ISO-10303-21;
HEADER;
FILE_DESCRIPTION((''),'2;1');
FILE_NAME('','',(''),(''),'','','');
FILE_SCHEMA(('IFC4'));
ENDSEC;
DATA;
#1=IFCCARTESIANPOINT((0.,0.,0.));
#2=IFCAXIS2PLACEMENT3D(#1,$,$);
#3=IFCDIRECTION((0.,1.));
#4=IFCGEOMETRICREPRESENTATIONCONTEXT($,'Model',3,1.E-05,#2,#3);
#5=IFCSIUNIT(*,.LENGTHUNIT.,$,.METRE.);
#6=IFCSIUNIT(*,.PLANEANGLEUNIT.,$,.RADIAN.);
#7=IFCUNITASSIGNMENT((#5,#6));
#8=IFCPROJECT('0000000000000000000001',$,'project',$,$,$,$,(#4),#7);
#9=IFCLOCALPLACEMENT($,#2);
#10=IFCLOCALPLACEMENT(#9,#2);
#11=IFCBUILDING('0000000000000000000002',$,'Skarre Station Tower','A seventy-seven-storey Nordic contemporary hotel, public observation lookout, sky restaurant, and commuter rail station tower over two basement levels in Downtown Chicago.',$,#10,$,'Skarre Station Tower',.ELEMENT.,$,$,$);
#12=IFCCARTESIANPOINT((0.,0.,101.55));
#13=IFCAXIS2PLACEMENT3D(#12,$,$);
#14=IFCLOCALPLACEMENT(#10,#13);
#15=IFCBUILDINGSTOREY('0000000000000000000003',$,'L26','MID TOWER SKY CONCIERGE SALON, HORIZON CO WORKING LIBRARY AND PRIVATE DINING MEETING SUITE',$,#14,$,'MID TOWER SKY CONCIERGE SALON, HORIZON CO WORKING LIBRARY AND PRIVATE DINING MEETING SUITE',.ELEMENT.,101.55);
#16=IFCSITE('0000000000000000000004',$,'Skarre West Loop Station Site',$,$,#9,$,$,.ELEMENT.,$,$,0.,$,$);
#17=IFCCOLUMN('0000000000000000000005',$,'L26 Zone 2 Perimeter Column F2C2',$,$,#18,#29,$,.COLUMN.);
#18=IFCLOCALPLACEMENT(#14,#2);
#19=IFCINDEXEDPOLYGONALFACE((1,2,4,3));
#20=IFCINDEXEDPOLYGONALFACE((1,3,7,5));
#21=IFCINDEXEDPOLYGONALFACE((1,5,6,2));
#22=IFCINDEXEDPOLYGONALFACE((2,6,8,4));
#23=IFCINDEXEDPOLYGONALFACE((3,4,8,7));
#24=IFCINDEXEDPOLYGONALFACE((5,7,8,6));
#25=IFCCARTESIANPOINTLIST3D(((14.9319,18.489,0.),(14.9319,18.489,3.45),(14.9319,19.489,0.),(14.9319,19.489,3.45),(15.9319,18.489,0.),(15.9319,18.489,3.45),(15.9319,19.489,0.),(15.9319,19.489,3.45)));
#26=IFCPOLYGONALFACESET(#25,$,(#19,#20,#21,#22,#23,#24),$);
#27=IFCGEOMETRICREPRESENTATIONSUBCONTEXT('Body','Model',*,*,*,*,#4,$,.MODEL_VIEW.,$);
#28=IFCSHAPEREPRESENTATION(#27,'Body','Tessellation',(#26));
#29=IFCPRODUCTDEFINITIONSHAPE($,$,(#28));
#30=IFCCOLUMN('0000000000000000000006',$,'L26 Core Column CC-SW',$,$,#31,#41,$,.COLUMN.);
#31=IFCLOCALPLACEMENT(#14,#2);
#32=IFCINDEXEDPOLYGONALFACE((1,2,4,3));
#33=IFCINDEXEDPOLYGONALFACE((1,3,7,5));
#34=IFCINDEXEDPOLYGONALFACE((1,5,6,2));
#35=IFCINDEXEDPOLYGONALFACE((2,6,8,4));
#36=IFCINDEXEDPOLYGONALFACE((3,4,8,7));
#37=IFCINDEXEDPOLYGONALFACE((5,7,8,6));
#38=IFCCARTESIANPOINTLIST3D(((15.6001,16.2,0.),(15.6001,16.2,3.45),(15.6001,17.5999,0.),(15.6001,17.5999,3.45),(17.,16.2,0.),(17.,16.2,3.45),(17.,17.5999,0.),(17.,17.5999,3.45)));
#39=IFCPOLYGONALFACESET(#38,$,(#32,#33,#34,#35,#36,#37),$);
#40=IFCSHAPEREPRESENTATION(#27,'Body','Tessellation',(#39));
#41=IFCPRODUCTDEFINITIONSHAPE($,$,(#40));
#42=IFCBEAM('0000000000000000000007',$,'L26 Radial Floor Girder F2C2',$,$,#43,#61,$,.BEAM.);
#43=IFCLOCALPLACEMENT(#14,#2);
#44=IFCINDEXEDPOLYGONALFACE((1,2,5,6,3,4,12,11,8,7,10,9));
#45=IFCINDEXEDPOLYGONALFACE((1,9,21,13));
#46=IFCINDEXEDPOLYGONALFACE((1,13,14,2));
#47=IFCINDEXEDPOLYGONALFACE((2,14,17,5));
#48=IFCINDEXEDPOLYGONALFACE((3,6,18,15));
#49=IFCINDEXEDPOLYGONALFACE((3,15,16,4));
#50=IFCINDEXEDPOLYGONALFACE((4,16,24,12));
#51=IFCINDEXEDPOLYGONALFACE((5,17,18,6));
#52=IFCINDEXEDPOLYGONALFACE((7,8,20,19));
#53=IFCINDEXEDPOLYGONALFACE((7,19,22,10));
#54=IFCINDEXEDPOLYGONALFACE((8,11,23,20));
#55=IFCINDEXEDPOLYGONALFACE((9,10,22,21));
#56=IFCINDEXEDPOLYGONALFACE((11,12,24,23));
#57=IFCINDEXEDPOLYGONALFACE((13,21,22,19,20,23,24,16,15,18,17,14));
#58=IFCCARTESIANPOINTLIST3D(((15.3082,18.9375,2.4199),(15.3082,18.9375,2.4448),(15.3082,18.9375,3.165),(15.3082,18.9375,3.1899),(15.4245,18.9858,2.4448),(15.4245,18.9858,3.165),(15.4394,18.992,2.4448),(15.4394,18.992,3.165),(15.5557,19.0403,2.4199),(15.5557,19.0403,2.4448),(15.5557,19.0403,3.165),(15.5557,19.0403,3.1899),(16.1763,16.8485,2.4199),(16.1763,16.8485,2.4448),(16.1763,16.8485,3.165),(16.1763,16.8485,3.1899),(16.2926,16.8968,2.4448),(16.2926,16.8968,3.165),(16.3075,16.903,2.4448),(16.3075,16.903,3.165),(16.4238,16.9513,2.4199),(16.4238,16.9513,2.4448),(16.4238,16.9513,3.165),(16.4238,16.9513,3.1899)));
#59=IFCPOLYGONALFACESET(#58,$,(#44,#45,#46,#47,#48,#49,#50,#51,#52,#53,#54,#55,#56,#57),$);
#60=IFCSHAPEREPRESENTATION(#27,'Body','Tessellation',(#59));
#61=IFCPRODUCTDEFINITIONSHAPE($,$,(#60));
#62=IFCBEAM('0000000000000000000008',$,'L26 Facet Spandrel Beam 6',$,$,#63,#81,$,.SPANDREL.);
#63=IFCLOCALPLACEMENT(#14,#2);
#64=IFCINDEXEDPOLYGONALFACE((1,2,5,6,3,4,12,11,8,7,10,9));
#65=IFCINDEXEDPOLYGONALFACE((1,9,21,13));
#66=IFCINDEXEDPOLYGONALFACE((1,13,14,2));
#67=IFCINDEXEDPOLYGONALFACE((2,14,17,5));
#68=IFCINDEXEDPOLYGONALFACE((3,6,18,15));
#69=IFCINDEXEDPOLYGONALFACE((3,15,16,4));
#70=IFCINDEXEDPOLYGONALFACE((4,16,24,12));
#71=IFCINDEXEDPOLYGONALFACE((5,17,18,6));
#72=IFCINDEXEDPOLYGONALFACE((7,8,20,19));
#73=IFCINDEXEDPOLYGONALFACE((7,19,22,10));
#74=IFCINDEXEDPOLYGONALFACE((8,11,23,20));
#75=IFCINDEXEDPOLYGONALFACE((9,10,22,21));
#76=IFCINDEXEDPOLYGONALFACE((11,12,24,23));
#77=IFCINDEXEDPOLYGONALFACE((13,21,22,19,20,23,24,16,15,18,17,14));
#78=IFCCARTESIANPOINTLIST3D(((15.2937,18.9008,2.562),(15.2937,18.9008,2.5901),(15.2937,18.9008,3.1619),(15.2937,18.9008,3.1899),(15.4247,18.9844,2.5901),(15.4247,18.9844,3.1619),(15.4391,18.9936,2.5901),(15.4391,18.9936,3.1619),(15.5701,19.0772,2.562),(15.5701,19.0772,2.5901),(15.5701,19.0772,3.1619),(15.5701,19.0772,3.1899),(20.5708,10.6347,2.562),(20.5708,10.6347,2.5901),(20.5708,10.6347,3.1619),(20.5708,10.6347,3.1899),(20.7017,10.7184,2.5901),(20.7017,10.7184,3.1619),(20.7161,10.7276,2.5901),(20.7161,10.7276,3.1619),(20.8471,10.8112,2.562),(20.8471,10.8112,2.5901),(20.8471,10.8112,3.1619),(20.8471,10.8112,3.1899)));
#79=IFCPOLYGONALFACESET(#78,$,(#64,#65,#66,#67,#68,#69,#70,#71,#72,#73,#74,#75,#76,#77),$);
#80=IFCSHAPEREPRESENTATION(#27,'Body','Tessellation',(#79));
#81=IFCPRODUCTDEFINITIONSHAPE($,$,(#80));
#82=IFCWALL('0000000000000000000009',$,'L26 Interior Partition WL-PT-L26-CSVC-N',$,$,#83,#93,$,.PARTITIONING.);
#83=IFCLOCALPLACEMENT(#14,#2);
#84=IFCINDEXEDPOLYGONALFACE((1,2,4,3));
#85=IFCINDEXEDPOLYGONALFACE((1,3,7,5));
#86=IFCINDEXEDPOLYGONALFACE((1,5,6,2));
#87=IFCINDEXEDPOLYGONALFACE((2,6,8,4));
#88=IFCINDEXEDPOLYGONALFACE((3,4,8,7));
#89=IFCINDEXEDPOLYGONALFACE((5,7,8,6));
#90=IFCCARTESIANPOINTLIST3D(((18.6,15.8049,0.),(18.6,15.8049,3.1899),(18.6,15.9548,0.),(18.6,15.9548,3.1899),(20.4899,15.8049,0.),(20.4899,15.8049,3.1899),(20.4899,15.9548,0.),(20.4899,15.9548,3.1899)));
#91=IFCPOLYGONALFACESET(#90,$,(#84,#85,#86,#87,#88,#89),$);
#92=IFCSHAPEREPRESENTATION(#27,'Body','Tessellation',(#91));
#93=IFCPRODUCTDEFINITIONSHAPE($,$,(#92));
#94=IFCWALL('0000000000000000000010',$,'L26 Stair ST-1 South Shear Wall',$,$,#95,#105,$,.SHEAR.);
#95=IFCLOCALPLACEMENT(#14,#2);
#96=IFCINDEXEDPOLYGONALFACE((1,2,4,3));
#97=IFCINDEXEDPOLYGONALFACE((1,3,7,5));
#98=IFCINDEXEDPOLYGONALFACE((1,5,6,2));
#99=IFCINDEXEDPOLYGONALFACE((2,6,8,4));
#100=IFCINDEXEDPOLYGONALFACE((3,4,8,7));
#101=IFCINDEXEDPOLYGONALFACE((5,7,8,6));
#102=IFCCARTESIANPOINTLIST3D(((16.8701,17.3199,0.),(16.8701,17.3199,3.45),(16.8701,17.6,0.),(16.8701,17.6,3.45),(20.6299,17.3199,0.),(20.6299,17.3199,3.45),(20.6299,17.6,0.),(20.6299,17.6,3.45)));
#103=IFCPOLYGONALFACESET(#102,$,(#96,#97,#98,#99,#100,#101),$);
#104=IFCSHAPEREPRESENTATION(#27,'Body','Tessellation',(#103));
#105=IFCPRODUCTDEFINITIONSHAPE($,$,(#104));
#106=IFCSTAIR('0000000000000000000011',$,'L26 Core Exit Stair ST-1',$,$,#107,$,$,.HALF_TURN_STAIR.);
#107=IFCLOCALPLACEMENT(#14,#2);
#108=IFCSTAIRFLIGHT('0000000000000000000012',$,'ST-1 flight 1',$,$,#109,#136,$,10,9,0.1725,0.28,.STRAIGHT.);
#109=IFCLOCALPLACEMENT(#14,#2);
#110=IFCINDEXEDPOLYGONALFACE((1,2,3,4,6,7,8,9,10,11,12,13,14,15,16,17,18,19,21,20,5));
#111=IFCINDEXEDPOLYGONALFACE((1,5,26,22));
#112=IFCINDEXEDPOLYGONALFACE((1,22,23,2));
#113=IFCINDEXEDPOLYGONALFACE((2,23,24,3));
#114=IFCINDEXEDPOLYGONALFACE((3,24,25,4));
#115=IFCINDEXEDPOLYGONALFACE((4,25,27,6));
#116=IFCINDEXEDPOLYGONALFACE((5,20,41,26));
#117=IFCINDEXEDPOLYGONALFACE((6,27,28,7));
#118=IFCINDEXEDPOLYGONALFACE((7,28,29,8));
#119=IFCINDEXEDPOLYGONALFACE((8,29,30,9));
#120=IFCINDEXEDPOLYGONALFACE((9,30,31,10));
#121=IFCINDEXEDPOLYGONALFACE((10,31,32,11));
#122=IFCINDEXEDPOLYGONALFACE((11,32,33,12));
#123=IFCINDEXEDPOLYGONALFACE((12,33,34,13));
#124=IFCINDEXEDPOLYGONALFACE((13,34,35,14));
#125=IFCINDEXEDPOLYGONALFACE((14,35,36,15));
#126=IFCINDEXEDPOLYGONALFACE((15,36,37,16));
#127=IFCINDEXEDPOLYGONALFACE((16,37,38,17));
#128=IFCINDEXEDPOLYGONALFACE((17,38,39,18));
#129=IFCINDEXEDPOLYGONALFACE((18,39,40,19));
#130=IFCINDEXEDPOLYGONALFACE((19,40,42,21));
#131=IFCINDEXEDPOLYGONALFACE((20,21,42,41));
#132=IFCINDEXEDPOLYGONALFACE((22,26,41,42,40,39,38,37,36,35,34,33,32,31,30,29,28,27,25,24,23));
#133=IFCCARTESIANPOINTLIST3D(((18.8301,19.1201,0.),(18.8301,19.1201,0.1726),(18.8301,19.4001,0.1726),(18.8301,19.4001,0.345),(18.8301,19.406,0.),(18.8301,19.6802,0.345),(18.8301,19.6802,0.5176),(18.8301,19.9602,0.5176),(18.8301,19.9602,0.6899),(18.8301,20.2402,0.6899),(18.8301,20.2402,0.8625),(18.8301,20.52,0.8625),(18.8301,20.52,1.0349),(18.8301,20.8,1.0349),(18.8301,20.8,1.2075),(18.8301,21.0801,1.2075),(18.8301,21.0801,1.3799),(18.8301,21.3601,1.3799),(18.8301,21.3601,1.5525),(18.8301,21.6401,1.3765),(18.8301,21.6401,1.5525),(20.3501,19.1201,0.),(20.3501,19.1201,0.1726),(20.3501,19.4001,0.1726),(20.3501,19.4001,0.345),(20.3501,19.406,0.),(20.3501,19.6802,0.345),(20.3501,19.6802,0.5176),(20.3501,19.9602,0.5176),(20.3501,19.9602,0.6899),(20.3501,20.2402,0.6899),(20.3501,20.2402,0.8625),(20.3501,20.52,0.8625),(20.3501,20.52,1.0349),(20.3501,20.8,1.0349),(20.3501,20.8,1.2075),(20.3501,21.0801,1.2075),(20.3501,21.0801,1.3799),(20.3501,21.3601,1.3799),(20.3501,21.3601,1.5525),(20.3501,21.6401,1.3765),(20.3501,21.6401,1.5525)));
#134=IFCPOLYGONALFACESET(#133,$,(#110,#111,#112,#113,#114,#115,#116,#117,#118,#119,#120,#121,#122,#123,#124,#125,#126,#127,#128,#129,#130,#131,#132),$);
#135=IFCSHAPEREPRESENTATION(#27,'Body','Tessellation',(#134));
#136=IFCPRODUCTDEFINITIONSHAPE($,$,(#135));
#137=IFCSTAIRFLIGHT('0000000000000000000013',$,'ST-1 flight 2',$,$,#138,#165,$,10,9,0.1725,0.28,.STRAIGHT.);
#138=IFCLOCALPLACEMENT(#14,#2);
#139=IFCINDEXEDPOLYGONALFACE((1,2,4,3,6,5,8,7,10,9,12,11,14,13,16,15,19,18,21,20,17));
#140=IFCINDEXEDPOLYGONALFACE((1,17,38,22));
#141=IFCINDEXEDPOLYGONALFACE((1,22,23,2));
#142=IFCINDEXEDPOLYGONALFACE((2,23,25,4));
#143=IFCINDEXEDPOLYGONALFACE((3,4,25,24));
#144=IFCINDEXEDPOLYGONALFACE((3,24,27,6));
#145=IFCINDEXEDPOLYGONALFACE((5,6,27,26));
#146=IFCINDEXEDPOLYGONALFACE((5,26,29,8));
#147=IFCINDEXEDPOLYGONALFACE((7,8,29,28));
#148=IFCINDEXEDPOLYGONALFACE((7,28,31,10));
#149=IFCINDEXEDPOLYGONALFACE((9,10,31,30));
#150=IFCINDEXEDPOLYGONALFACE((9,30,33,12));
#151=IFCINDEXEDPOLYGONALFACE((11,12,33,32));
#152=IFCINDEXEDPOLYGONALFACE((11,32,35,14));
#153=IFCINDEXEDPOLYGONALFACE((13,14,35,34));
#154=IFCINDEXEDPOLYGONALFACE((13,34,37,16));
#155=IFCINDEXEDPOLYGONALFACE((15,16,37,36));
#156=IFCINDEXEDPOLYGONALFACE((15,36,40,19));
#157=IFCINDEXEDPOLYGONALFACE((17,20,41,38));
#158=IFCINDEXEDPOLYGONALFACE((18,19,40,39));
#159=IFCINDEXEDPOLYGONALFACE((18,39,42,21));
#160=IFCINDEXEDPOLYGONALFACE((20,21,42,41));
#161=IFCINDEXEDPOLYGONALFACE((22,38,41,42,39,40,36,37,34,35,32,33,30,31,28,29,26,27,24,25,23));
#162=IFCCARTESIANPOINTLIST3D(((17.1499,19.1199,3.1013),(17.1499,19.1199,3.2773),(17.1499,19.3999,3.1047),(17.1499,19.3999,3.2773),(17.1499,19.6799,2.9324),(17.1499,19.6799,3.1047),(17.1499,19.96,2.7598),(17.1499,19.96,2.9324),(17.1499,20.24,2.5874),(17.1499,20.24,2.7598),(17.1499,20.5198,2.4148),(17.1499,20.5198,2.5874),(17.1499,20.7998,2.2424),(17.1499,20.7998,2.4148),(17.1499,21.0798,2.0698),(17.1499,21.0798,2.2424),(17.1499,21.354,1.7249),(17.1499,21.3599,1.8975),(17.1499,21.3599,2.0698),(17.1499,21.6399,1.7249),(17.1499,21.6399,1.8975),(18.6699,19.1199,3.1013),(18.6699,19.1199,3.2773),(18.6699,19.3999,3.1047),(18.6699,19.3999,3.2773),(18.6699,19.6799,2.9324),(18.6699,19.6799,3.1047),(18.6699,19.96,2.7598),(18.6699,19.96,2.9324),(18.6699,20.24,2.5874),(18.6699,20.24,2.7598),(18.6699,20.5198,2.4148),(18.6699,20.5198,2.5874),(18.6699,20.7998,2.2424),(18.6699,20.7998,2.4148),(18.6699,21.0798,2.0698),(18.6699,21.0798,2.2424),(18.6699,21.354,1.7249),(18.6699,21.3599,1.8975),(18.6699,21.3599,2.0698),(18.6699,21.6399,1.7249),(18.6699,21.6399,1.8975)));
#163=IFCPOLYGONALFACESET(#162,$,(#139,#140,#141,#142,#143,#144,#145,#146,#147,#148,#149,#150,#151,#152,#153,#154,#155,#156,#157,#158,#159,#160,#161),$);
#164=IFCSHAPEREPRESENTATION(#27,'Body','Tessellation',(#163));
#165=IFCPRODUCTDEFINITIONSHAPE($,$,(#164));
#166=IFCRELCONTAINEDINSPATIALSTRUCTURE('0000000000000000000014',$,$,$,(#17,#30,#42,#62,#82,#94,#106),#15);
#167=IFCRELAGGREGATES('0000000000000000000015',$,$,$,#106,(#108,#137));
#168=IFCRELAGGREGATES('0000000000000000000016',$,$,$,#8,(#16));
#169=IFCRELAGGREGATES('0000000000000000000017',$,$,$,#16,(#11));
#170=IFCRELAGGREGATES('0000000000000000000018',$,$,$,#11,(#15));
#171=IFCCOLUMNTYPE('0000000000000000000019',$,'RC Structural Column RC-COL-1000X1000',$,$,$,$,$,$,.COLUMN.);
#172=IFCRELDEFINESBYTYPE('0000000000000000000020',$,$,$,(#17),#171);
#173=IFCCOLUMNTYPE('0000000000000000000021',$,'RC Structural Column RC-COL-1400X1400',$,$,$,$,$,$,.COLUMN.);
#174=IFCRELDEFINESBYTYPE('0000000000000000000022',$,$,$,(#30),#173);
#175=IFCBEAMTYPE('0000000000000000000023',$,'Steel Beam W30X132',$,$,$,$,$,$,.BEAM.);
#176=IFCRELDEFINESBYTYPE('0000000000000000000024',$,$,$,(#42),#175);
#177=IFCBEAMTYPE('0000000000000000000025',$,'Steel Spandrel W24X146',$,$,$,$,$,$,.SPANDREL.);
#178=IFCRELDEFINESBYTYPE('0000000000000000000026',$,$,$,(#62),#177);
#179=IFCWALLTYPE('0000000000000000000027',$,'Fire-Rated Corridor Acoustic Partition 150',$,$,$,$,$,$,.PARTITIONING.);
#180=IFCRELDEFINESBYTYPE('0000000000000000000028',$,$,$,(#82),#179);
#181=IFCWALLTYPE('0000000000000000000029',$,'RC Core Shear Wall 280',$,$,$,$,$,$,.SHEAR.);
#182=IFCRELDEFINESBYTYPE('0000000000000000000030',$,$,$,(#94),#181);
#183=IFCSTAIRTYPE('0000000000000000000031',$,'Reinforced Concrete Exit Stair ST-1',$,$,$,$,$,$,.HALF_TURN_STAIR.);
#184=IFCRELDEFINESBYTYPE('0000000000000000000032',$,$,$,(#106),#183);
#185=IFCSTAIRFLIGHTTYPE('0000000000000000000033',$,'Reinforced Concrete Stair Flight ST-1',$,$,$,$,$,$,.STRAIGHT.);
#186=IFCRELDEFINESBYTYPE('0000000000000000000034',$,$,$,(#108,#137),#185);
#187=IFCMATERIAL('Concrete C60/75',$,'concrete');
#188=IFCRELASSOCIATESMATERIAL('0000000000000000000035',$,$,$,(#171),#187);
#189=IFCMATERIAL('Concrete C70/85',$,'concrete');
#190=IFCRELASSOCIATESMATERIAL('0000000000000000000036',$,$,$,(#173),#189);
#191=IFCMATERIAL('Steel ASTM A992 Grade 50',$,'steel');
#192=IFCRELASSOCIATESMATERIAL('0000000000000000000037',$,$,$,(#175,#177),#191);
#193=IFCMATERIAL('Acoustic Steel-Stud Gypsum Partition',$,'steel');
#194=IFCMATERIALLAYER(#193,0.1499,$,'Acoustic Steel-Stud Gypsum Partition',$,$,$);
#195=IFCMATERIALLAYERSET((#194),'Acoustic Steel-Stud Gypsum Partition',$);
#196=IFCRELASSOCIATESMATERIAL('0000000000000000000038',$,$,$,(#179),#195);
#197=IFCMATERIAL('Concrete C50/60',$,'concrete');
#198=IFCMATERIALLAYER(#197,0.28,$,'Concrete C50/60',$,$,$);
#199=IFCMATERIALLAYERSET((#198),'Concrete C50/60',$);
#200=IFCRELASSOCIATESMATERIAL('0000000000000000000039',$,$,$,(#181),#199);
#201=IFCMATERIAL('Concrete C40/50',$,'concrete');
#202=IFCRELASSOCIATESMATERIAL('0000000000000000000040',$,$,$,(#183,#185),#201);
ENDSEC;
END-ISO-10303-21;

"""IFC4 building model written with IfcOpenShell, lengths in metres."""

from ifc_helpers import new_model, si_unit, direction, frame, frame_2d, origin, origin_2d, place, context, subcontext, project, spatial, polyline, rectangle, i_section, outline, extrude, material, layer, layer_set, material_profile, profile_set, type_object, element, aggregate, save


model = new_model("IFC4")

# Units and contexts
model_context = context("Model", 3, precision=1e-05, world=origin(), true_north=direction((0.0, 1.0)))
body_context = subcontext(model_context, "Body", "Model", "MODEL_VIEW")
ifc_project = project(units=[si_unit("LENGTHUNIT", "METRE"), si_unit("PLANEANGLEUNIT", "RADIAN")], contexts=[model_context])

# Site, building, storey
site_placement = place(None, origin())
site = spatial("IfcSite", under=ifc_project, at=site_placement, Name="Skarre West Loop Station Site", CompositionType="ELEMENT", RefElevation=0.0)
building_placement = place(site_placement, origin())
building = spatial("IfcBuilding", under=site, at=building_placement, Name="Skarre Station Tower", Description="A seventy-seven-storey Nordic contemporary hotel, public observation lookout, sky restaurant, and commuter rail station tower over two basement levels in Downtown Chicago.", LongName="Skarre Station Tower", CompositionType="ELEMENT")
storey_placement = place(building_placement, frame((0.0, 0.0, 101.55)))
storey = spatial("IfcBuildingStorey", under=building, at=storey_placement, Name="L26", Description="MID TOWER SKY CONCIERGE SALON, HORIZON CO WORKING LIBRARY AND PRIVATE DINING MEETING SUITE", LongName="MID TOWER SKY CONCIERGE SALON, HORIZON CO WORKING LIBRARY AND PRIVATE DINING MEETING SUITE", CompositionType="ELEMENT", Elevation=101.55)

# Columns
ifc_material_1 = material(Name="Concrete C60/75", Category="concrete")
ifc_material_profile_1 = material_profile(ifc_material_1, rectangle(XDim=1.0, YDim=1.0, at=origin_2d()), Name="Concrete C60/75")
ifc_profile_set_1 = profile_set([ifc_material_profile_1], Name="Concrete C60/75")
column_type_1 = type_object("IfcColumnType", Name="RC Structural Column RC-COL-1000X1000", PredefinedType="COLUMN", material=ifc_profile_set_1)
column_1_placement = place(storey_placement, frame((15.4319, 18.989, 0.0), z_axis=(0.0, 0.0, 1.0), x_axis=(1.0, 0.0, 0.0)))
element("IfcColumn", 1, at=column_1_placement, inside=storey, type_object=column_type_1, Name="L26 Zone 2 Perimeter Column F2C2", PredefinedType="COLUMN", context=body_context, shape_type="SweptSolid", body=[
    extrude(rectangle(XDim=1.0, YDim=1.0, at=origin_2d()), origin(), (0.0, 0.0, 1.0), 3.45),
])
ifc_material_2 = material(Name="Concrete C70/85", Category="concrete")
ifc_material_profile_2 = material_profile(ifc_material_2, rectangle(XDim=1.3999, YDim=1.3999, at=origin_2d()), Name="Concrete C70/85")
ifc_profile_set_2 = profile_set([ifc_material_profile_2], Name="Concrete C70/85")
column_type_2 = type_object("IfcColumnType", Name="RC Structural Column RC-COL-1400X1400", PredefinedType="COLUMN", material=ifc_profile_set_2)
column_2_placement = place(storey_placement, frame((16.3, 16.8999, 0.0), z_axis=(0.0, 0.0, 1.0), x_axis=(1.0, 0.0, 0.0)))
element("IfcColumn", 2, at=column_2_placement, inside=storey, type_object=column_type_2, Name="L26 Core Column CC-SW", PredefinedType="COLUMN", context=body_context, shape_type="SweptSolid", body=[
    extrude(rectangle(XDim=1.3999, YDim=1.3999, at=origin_2d()), origin(), (0.0, 0.0, 1.0), 3.45),
])

# Beams
ifc_material_3 = material(Name="Steel ASTM A992 Grade 50", Category="steel")
ifc_material_profile_3 = material_profile(ifc_material_3, i_section(OverallWidth=0.2681, OverallDepth=0.77, WebThickness=0.0161, FlangeThickness=0.0249, at=origin_2d()), Name="Steel ASTM A992 Grade 50")
ifc_profile_set_3 = profile_set([ifc_material_profile_3], Name="Steel ASTM A992 Grade 50")
beam_type_1 = type_object("IfcBeamType", Name="Steel Beam W30X132", PredefinedType="BEAM", material=ifc_profile_set_3)
beam_1_placement = place(storey_placement, frame((16.3, 16.8999, 2.8049), z_axis=(-0.383749, 0.923437, 0.0), x_axis=(-0.923437, -0.383749, 0.0)))
element("IfcBeam", 3, at=beam_1_placement, inside=storey, type_object=beam_type_1, Name="L26 Radial Floor Girder F2C2", PredefinedType="BEAM", context=body_context, shape_type="SweptSolid", body=[
    extrude(i_section(OverallWidth=0.2681, OverallDepth=0.77, WebThickness=0.0161, FlangeThickness=0.0249, at=origin_2d()), origin(), (0.0, 0.0, 1.0), 2.2622),
])
ifc_material_profile_4 = material_profile(ifc_material_3, i_section(OverallWidth=0.3279, OverallDepth=0.6279, WebThickness=0.0171, FlangeThickness=0.0281, at=origin_2d()), Name="Steel ASTM A992 Grade 50")
ifc_profile_set_4 = profile_set([ifc_material_profile_4], Name="Steel ASTM A992 Grade 50")
beam_type_2 = type_object("IfcBeamType", Name="Steel Spandrel W24X146", PredefinedType="SPANDREL", material=ifc_profile_set_4)
beam_2_placement = place(storey_placement, frame((15.4319, 18.989, 2.876), z_axis=(0.538098, -0.842883, 0.0), x_axis=(0.842883, 0.538098, 0.0)))
element("IfcBeam", 4, at=beam_2_placement, inside=storey, type_object=beam_type_2, Name="L26 Facet Spandrel Beam 6", PredefinedType="SPANDREL", context=body_context, shape_type="SweptSolid", body=[
    extrude(i_section(OverallWidth=0.3279, OverallDepth=0.6279, WebThickness=0.0171, FlangeThickness=0.0281, at=origin_2d()), origin(), (0.0, 0.0, 1.0), 9.8069),
])

# Walls
ifc_material_4 = material(Name="Acoustic Steel-Stud Gypsum Partition", Category="steel")
ifc_layer_1 = layer(ifc_material_4, 0.1499, Name="Acoustic Steel-Stud Gypsum Partition")
ifc_layer_set_1 = layer_set([ifc_layer_1], Name="Acoustic Steel-Stud Gypsum Partition")
wall_type_1 = type_object("IfcWallType", Name="Fire-Rated Corridor Acoustic Partition 150", PredefinedType="PARTITIONING", material=ifc_layer_set_1)
wall_1_placement = place(storey_placement, frame((18.6001, 15.8799, 0.0), z_axis=(0.0, 0.0, 1.0), x_axis=(1.0, 0.0, 0.0)))
element("IfcWall", 5, at=wall_1_placement, inside=storey, type_object=wall_type_1, Name="L26 Interior Partition WL-PT-L26-CSVC-N", PredefinedType="PARTITIONING", context=body_context, shape_type="SweptSolid", body=[
    extrude(rectangle(XDim=1.8899, YDim=0.1499, at=frame_2d((0.9448, 0.0))), origin(), (0.0, 0.0, 1.0), 3.1899),
])
ifc_material_5 = material(Name="Concrete C50/60", Category="concrete")
ifc_layer_2 = layer(ifc_material_5, 0.28, Name="Concrete C50/60")
ifc_layer_set_2 = layer_set([ifc_layer_2], Name="Concrete C50/60")
wall_type_2 = type_object("IfcWallType", Name="RC Core Shear Wall 280", PredefinedType="SHEAR", material=ifc_layer_set_2)
wall_2_placement = place(storey_placement, frame((16.8701, 17.46, 0.0), z_axis=(0.0, 0.0, 1.0), x_axis=(1.0, 0.0, 0.0)))
element("IfcWall", 6, at=wall_2_placement, inside=storey, type_object=wall_type_2, Name="L26 Stair ST-1 South Shear Wall", PredefinedType="SHEAR", context=body_context, shape_type="SweptSolid", body=[
    extrude(rectangle(XDim=3.7598, YDim=0.28, at=frame_2d((1.8799, 0.0))), origin(), (0.0, 0.0, 1.0), 3.45),
])

# Stair, stair flights
ifc_material_6 = material(Name="Concrete C40/50", Category="concrete")
stair_type = type_object("IfcStairType", Name="Reinforced Concrete Exit Stair ST-1", PredefinedType="HALF_TURN_STAIR", material=ifc_material_6)
stair_placement = place(storey_placement, origin())
stair = element("IfcStair", 7, at=stair_placement, inside=storey, type_object=stair_type, Name="L26 Core Exit Stair ST-1", PredefinedType="HALF_TURN_STAIR")
stair_flight_type = type_object("IfcStairFlightType", Name="Reinforced Concrete Stair Flight ST-1", PredefinedType="STRAIGHT", material=ifc_material_6)
stair_flight_1_placement = place(storey_placement, frame((19.5901, 19.1201, 0.0), z_axis=(0.0, 0.0, 1.0), x_axis=(0.0, 1.0, 0.0)))
stair_flight_1 = element("IfcStairFlight", 8, at=stair_flight_1_placement, type_object=stair_flight_type, Name="ST-1 flight 1", NumberOfRisers=10, NumberOfTreads=9, PredefinedType="STRAIGHT", RiserHeight=0.1725, TreadLength=0.28, context=body_context, shape_type="SweptSolid", body=[
    extrude(outline(polyline([(0.0, 0.0), (0.0, 0.1726), (0.28, 0.1726), (0.28, 0.345), (0.5601, 0.345), (0.5601, 0.5176), (0.8401, 0.5176), (0.8401, 0.6899), (1.1201, 0.6899), (1.1201, 0.8625), (1.3999, 0.8625), (1.3999, 1.0349), (1.6799, 1.0349), (1.6799, 1.2075), (1.96, 1.2075), (1.96, 1.3799), (2.24, 1.3799), (2.24, 1.5525), (2.52, 1.5525), (2.52, 1.7251), (2.52, 1.3765), (0.2859, 0.0), (0.0, 0.0)])), frame((0.0, 0.76, 0.0), z_axis=(0.0, -1.0, 0.0), x_axis=(1.0, 0.0, 0.0)), (0.0, 0.0, 1.0), 1.52),
])
stair_flight_2_placement = place(storey_placement, frame((17.9099, 21.6399, 1.7249), z_axis=(0.0, 0.0, 1.0), x_axis=(0.0, -1.0, 0.0)))
stair_flight_2 = element("IfcStairFlight", 9, at=stair_flight_2_placement, type_object=stair_flight_type, Name="ST-1 flight 2", NumberOfRisers=10, NumberOfTreads=9, PredefinedType="STRAIGHT", RiserHeight=0.1725, TreadLength=0.28, context=body_context, shape_type="SweptSolid", body=[
    extrude(outline(polyline([(0.0, 0.0), (0.0, 0.1726), (0.28, 0.1726), (0.28, 0.345), (0.5601, 0.345), (0.5601, 0.5176), (0.8401, 0.5176), (0.8401, 0.6899), (1.1201, 0.6899), (1.1201, 0.8625), (1.3999, 0.8625), (1.3999, 1.0349), (1.6799, 1.0349), (1.6799, 1.2075), (1.96, 1.2075), (1.96, 1.3799), (2.24, 1.3799), (2.24, 1.5525), (2.52, 1.5525), (2.52, 1.7251), (2.52, 1.3765), (0.2859, 0.0), (0.0, 0.0)])), frame((0.0, 0.76, 0.0), z_axis=(0.0, -1.0, 0.0), x_axis=(1.0, 0.0, 0.0)), (0.0, 0.0, 1.0), 1.52),
])
aggregate(stair, [stair_flight_1, stair_flight_2])

save(model, "model.ifc")
